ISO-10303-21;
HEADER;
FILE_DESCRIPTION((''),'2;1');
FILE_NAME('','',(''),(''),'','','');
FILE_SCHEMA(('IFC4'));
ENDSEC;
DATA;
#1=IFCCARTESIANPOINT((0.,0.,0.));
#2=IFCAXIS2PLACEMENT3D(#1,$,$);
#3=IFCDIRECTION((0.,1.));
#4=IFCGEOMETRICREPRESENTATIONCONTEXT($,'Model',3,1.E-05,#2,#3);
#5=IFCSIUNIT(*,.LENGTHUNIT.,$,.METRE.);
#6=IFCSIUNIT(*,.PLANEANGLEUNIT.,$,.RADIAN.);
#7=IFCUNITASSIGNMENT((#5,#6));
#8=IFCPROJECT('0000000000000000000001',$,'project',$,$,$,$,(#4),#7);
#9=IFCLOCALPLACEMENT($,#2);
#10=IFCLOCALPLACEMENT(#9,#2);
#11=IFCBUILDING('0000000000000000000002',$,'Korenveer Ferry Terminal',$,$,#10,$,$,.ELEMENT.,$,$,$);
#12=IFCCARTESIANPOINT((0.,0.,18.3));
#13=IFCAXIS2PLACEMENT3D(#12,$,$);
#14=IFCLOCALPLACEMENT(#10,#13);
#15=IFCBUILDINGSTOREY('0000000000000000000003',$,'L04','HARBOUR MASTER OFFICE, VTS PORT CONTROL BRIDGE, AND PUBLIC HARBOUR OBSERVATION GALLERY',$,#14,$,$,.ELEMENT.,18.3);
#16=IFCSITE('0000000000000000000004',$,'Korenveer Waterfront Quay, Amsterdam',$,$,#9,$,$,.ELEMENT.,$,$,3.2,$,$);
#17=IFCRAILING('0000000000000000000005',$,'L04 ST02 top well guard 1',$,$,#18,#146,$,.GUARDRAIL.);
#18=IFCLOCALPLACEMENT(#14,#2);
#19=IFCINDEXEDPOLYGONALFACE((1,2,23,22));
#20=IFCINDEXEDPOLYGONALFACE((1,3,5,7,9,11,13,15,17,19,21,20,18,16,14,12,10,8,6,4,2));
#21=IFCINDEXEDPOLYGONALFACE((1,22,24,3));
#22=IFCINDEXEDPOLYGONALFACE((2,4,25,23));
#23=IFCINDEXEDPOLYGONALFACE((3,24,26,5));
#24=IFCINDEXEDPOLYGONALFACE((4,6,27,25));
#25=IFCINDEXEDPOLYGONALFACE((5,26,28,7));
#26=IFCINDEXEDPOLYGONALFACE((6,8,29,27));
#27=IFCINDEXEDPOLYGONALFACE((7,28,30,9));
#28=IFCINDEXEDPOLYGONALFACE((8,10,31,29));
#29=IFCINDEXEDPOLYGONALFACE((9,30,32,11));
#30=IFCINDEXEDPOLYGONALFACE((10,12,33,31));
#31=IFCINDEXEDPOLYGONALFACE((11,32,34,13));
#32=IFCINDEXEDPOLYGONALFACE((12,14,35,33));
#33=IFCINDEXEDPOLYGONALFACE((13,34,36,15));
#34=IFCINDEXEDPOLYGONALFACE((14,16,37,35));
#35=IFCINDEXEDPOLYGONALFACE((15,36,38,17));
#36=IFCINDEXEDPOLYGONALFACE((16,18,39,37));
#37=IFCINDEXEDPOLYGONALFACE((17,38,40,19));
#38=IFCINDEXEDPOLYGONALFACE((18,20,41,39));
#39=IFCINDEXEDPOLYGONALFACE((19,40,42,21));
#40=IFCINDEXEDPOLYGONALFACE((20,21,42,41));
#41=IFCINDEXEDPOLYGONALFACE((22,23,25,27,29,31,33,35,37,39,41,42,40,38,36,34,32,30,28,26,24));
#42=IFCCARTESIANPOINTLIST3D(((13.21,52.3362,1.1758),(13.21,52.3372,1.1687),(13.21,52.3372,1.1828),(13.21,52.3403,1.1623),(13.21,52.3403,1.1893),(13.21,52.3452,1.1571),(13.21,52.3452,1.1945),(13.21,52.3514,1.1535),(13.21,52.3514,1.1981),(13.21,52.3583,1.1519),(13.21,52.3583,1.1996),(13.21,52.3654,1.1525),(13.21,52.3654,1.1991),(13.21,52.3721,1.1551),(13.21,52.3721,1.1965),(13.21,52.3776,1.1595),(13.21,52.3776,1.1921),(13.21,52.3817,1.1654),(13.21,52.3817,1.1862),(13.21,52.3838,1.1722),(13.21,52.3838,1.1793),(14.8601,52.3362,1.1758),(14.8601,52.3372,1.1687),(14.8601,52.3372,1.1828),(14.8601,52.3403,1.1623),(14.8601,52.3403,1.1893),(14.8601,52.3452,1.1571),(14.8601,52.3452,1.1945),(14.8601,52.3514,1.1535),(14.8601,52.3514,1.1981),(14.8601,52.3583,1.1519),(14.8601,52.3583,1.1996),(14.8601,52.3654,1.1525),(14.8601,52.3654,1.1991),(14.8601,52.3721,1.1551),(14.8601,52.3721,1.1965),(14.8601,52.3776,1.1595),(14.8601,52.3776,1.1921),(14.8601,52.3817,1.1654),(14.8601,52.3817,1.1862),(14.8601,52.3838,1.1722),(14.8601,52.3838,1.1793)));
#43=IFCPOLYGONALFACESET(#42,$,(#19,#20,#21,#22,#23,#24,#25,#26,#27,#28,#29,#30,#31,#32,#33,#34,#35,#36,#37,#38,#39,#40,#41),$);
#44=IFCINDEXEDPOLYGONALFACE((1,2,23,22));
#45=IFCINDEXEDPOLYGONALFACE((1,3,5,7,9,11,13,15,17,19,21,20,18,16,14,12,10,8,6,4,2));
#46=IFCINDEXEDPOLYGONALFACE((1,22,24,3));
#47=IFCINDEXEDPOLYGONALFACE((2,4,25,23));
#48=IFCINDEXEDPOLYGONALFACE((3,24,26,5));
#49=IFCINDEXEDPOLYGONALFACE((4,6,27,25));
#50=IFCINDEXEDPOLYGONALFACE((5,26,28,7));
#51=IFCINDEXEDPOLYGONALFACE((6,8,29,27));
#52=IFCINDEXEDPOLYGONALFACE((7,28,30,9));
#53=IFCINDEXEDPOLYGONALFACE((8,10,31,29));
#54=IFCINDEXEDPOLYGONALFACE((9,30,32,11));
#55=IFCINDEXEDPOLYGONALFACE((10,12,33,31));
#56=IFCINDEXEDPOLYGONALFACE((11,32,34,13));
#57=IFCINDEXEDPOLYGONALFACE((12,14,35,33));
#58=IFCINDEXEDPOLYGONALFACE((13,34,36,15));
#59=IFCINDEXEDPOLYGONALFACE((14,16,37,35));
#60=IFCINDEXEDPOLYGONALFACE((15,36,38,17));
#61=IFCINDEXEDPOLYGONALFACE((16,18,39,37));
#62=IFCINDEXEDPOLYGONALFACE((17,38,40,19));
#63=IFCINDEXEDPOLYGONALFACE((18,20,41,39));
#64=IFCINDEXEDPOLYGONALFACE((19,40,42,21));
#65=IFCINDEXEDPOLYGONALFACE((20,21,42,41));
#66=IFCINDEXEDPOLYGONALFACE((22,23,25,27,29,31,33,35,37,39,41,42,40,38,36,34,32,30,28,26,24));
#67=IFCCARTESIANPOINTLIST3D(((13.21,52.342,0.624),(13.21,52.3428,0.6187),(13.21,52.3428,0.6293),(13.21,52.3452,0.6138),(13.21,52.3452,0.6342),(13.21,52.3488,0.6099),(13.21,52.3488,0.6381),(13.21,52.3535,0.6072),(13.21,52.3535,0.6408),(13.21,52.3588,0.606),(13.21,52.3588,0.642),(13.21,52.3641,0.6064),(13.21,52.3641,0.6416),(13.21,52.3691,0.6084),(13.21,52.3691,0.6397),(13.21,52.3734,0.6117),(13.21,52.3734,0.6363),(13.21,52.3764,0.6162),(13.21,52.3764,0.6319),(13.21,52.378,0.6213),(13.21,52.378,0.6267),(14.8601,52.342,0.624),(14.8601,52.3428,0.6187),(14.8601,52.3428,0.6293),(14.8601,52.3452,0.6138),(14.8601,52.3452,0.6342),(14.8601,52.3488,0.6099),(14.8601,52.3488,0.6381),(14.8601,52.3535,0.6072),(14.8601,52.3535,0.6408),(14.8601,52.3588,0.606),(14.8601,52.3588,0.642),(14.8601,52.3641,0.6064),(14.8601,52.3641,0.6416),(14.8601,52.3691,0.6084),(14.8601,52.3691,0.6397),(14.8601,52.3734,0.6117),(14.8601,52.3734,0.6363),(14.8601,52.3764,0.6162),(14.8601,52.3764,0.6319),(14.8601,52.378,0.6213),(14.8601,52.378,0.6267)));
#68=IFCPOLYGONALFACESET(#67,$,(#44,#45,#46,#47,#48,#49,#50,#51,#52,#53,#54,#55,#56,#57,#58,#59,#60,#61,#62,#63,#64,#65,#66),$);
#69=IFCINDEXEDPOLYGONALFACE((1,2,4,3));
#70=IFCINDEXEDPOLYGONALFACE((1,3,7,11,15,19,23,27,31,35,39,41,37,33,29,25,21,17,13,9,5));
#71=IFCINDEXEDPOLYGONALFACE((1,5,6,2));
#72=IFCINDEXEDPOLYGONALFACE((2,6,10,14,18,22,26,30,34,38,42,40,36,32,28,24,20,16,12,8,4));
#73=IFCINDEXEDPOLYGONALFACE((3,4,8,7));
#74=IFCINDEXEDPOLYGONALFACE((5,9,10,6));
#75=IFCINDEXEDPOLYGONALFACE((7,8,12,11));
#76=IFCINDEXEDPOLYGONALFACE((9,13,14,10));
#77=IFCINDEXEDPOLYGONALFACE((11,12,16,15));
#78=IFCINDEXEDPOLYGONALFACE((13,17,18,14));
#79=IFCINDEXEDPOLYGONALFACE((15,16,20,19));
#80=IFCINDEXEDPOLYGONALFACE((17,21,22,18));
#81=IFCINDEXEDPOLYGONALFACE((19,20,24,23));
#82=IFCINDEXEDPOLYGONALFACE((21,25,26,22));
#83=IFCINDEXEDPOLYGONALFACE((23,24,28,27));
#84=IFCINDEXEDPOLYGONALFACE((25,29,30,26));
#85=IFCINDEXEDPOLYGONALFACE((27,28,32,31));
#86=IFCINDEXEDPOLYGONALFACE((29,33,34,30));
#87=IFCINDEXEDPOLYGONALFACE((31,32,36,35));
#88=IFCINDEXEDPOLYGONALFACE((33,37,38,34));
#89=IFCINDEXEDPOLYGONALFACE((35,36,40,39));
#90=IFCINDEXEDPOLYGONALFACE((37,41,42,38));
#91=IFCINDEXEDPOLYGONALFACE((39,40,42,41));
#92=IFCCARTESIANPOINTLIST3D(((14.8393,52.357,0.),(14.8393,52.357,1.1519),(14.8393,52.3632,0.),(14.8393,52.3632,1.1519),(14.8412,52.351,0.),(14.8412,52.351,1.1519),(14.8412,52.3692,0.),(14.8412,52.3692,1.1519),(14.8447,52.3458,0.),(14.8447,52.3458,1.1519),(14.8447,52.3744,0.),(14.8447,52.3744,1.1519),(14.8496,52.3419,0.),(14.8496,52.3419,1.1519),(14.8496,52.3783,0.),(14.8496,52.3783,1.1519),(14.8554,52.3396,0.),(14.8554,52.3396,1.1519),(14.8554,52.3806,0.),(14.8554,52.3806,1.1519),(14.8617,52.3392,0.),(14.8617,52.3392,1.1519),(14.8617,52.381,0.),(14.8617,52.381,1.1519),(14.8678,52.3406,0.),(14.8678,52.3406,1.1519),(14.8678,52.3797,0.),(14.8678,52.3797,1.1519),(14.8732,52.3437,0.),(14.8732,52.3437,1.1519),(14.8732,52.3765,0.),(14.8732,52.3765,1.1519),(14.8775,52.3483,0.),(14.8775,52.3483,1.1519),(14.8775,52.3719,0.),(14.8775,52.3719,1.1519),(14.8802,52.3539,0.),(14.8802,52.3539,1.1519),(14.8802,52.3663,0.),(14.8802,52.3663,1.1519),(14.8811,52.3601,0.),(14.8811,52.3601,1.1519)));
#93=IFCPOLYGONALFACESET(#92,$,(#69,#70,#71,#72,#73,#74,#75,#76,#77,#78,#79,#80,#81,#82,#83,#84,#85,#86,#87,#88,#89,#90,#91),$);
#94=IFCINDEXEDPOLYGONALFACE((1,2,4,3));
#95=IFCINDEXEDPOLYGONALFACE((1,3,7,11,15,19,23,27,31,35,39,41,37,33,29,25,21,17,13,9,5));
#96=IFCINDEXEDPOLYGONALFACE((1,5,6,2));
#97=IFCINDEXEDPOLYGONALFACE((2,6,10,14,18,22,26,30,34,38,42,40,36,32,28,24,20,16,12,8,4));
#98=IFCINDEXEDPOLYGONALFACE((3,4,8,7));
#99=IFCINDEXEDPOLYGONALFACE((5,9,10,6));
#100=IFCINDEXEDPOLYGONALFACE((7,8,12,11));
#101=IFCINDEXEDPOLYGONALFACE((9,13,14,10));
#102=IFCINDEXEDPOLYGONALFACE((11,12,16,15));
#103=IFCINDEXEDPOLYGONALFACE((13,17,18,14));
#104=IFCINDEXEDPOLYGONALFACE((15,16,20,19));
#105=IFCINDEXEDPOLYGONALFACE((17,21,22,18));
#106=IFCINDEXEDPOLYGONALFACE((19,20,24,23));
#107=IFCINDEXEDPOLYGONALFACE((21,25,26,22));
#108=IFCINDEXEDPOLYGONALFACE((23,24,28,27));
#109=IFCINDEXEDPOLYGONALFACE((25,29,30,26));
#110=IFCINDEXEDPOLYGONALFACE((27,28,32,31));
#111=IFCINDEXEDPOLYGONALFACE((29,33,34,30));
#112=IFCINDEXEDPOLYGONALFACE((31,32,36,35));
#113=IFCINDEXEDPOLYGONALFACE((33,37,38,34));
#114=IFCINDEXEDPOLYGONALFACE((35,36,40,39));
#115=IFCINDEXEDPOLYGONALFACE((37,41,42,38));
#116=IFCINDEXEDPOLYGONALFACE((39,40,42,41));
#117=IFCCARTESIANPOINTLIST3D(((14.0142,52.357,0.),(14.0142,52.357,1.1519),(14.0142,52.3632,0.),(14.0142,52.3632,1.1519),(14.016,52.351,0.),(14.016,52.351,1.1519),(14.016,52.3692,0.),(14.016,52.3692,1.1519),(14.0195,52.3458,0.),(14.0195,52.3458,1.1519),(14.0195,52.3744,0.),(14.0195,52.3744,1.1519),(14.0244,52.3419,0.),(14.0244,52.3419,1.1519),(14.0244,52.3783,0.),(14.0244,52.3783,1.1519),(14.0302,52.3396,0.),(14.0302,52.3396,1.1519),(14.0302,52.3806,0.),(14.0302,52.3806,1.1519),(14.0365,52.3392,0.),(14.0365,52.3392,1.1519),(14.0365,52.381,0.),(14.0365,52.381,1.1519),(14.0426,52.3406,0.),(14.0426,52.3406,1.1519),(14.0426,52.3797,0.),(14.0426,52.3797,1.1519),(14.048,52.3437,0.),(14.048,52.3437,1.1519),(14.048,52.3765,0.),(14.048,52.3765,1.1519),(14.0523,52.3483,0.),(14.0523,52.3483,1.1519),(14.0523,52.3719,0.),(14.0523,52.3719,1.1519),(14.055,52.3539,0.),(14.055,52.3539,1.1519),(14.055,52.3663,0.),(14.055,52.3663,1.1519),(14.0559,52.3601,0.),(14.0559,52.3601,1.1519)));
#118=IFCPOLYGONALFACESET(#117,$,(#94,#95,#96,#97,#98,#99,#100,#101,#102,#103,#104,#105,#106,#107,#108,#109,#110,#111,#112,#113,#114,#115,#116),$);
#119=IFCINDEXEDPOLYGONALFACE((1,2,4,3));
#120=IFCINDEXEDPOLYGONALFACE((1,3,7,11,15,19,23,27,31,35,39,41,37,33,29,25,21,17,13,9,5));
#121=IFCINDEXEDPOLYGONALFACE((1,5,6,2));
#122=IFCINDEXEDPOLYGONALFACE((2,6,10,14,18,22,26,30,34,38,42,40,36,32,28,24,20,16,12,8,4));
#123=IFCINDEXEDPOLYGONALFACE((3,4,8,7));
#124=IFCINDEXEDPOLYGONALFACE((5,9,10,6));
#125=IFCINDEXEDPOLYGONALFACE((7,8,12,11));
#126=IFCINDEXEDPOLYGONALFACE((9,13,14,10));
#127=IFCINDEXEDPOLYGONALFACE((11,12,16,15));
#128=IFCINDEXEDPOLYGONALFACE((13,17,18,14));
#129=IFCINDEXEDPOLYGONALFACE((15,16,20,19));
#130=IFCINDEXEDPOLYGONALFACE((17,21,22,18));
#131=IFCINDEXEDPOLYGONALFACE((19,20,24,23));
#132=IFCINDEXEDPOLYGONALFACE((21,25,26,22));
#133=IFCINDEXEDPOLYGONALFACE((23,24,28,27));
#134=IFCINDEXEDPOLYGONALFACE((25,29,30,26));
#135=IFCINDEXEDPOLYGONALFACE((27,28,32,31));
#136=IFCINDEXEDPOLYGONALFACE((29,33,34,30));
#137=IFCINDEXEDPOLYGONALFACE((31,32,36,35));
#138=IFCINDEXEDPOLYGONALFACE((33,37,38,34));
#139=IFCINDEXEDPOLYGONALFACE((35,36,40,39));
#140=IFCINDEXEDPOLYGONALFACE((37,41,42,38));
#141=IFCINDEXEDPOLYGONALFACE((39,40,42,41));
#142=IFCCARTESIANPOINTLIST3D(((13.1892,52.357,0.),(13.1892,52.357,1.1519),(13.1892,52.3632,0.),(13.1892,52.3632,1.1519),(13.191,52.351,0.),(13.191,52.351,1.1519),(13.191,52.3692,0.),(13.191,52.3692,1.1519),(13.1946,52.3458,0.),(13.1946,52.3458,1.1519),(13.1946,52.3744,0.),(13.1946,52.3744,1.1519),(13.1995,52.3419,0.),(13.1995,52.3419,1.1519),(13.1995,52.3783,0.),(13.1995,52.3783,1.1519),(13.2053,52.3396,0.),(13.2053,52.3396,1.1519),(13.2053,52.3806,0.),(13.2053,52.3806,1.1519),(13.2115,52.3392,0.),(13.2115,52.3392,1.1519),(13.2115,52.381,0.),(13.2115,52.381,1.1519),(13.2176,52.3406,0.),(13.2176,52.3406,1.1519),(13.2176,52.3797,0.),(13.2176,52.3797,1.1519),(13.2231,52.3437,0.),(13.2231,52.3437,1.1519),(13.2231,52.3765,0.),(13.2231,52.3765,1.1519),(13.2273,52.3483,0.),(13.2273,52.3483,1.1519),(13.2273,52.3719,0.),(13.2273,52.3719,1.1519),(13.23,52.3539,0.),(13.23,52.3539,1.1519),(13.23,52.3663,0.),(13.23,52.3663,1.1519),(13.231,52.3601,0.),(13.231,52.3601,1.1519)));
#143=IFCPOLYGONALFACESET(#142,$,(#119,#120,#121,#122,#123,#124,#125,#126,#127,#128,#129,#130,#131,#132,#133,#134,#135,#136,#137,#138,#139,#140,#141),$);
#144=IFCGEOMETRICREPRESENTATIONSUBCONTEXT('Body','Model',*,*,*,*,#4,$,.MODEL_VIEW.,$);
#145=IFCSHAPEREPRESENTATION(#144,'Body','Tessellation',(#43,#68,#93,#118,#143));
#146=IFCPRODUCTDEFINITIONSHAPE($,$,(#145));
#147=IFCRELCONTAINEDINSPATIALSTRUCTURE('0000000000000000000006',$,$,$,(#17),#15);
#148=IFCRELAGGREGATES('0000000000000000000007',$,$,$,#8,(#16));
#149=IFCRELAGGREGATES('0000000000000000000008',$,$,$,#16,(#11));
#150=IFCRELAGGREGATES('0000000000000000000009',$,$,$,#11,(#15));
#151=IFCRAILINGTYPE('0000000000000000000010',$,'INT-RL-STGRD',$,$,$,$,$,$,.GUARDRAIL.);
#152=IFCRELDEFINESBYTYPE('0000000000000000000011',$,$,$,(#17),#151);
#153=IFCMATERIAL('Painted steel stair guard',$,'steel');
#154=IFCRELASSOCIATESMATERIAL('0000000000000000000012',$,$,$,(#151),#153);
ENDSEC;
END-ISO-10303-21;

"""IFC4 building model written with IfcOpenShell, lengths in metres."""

from ifc_helpers import new_model, si_unit, direction, frame, origin, origin_2d, place, context, subcontext, project, spatial, circle, extrude, material, type_object, element, save


model = new_model("IFC4")

# Units and contexts
model_context = context("Model", 3, precision=1e-05, world=origin(), true_north=direction((0.0, 1.0)))
body_context = subcontext(model_context, "Body", "Model", "MODEL_VIEW")
ifc_project = project(units=[si_unit("LENGTHUNIT", "METRE"), si_unit("PLANEANGLEUNIT", "RADIAN")], contexts=[model_context])

# Site, building, storey
site_placement = place(None, origin())
site = spatial("IfcSite", under=ifc_project, at=site_placement, Name="Korenveer Waterfront Quay, Amsterdam", CompositionType="ELEMENT", RefElevation=3.2)
building_placement = place(site_placement, origin())
building = spatial("IfcBuilding", under=site, at=building_placement, Name="Korenveer Ferry Terminal", CompositionType="ELEMENT")
storey_placement = place(building_placement, frame((0.0, 0.0, 18.3)))
storey = spatial("IfcBuildingStorey", under=building, at=storey_placement, Name="L04", Description="HARBOUR MASTER OFFICE, VTS PORT CONTROL BRIDGE, AND PUBLIC HARBOUR OBSERVATION GALLERY", CompositionType="ELEMENT", Elevation=18.3)

# Railing
ifc_material_1 = material(Name="Painted steel stair guard", Category="steel")
railing_type = type_object("IfcRailingType", Name="INT-RL-STGRD", PredefinedType="GUARDRAIL", material=ifc_material_1)
railing_placement = place(storey_placement, frame((14.8601, 52.3601, 0.0)))
element("IfcRailing", 1, at=railing_placement, inside=storey, type_object=railing_type, Name="L04 ST02 top well guard 1", PredefinedType="GUARDRAIL", context=body_context, shape_type="SweptSolid", body=[
    extrude(circle(Radius=0.0239, at=origin_2d()), frame((0.0, 0.0, 1.1758), z_axis=(-1.0, 0.0, 0.0), x_axis=(0.0, -1.0, 0.0)), (0.0, 0.0, 1.0), 1.6501),
    extrude(circle(Radius=0.0181, at=origin_2d()), frame((0.0, 0.0, 0.624), z_axis=(-1.0, 0.0, 0.0), x_axis=(0.0, -1.0, 0.0)), (0.0, 0.0, 1.0), 1.6501),
    extrude(circle(Radius=0.021, at=origin_2d()), origin(), (0.0, 0.0, 1.0), 1.1519),
    extrude(circle(Radius=0.021, at=origin_2d()), frame((-0.8252, 0.0, 0.0)), (0.0, 0.0, 1.0), 1.1519),
    extrude(circle(Radius=0.021, at=origin_2d()), frame((-1.6501, 0.0, 0.0)), (0.0, 0.0, 1.0), 1.1519),
])

save(model, "model.ifc")
